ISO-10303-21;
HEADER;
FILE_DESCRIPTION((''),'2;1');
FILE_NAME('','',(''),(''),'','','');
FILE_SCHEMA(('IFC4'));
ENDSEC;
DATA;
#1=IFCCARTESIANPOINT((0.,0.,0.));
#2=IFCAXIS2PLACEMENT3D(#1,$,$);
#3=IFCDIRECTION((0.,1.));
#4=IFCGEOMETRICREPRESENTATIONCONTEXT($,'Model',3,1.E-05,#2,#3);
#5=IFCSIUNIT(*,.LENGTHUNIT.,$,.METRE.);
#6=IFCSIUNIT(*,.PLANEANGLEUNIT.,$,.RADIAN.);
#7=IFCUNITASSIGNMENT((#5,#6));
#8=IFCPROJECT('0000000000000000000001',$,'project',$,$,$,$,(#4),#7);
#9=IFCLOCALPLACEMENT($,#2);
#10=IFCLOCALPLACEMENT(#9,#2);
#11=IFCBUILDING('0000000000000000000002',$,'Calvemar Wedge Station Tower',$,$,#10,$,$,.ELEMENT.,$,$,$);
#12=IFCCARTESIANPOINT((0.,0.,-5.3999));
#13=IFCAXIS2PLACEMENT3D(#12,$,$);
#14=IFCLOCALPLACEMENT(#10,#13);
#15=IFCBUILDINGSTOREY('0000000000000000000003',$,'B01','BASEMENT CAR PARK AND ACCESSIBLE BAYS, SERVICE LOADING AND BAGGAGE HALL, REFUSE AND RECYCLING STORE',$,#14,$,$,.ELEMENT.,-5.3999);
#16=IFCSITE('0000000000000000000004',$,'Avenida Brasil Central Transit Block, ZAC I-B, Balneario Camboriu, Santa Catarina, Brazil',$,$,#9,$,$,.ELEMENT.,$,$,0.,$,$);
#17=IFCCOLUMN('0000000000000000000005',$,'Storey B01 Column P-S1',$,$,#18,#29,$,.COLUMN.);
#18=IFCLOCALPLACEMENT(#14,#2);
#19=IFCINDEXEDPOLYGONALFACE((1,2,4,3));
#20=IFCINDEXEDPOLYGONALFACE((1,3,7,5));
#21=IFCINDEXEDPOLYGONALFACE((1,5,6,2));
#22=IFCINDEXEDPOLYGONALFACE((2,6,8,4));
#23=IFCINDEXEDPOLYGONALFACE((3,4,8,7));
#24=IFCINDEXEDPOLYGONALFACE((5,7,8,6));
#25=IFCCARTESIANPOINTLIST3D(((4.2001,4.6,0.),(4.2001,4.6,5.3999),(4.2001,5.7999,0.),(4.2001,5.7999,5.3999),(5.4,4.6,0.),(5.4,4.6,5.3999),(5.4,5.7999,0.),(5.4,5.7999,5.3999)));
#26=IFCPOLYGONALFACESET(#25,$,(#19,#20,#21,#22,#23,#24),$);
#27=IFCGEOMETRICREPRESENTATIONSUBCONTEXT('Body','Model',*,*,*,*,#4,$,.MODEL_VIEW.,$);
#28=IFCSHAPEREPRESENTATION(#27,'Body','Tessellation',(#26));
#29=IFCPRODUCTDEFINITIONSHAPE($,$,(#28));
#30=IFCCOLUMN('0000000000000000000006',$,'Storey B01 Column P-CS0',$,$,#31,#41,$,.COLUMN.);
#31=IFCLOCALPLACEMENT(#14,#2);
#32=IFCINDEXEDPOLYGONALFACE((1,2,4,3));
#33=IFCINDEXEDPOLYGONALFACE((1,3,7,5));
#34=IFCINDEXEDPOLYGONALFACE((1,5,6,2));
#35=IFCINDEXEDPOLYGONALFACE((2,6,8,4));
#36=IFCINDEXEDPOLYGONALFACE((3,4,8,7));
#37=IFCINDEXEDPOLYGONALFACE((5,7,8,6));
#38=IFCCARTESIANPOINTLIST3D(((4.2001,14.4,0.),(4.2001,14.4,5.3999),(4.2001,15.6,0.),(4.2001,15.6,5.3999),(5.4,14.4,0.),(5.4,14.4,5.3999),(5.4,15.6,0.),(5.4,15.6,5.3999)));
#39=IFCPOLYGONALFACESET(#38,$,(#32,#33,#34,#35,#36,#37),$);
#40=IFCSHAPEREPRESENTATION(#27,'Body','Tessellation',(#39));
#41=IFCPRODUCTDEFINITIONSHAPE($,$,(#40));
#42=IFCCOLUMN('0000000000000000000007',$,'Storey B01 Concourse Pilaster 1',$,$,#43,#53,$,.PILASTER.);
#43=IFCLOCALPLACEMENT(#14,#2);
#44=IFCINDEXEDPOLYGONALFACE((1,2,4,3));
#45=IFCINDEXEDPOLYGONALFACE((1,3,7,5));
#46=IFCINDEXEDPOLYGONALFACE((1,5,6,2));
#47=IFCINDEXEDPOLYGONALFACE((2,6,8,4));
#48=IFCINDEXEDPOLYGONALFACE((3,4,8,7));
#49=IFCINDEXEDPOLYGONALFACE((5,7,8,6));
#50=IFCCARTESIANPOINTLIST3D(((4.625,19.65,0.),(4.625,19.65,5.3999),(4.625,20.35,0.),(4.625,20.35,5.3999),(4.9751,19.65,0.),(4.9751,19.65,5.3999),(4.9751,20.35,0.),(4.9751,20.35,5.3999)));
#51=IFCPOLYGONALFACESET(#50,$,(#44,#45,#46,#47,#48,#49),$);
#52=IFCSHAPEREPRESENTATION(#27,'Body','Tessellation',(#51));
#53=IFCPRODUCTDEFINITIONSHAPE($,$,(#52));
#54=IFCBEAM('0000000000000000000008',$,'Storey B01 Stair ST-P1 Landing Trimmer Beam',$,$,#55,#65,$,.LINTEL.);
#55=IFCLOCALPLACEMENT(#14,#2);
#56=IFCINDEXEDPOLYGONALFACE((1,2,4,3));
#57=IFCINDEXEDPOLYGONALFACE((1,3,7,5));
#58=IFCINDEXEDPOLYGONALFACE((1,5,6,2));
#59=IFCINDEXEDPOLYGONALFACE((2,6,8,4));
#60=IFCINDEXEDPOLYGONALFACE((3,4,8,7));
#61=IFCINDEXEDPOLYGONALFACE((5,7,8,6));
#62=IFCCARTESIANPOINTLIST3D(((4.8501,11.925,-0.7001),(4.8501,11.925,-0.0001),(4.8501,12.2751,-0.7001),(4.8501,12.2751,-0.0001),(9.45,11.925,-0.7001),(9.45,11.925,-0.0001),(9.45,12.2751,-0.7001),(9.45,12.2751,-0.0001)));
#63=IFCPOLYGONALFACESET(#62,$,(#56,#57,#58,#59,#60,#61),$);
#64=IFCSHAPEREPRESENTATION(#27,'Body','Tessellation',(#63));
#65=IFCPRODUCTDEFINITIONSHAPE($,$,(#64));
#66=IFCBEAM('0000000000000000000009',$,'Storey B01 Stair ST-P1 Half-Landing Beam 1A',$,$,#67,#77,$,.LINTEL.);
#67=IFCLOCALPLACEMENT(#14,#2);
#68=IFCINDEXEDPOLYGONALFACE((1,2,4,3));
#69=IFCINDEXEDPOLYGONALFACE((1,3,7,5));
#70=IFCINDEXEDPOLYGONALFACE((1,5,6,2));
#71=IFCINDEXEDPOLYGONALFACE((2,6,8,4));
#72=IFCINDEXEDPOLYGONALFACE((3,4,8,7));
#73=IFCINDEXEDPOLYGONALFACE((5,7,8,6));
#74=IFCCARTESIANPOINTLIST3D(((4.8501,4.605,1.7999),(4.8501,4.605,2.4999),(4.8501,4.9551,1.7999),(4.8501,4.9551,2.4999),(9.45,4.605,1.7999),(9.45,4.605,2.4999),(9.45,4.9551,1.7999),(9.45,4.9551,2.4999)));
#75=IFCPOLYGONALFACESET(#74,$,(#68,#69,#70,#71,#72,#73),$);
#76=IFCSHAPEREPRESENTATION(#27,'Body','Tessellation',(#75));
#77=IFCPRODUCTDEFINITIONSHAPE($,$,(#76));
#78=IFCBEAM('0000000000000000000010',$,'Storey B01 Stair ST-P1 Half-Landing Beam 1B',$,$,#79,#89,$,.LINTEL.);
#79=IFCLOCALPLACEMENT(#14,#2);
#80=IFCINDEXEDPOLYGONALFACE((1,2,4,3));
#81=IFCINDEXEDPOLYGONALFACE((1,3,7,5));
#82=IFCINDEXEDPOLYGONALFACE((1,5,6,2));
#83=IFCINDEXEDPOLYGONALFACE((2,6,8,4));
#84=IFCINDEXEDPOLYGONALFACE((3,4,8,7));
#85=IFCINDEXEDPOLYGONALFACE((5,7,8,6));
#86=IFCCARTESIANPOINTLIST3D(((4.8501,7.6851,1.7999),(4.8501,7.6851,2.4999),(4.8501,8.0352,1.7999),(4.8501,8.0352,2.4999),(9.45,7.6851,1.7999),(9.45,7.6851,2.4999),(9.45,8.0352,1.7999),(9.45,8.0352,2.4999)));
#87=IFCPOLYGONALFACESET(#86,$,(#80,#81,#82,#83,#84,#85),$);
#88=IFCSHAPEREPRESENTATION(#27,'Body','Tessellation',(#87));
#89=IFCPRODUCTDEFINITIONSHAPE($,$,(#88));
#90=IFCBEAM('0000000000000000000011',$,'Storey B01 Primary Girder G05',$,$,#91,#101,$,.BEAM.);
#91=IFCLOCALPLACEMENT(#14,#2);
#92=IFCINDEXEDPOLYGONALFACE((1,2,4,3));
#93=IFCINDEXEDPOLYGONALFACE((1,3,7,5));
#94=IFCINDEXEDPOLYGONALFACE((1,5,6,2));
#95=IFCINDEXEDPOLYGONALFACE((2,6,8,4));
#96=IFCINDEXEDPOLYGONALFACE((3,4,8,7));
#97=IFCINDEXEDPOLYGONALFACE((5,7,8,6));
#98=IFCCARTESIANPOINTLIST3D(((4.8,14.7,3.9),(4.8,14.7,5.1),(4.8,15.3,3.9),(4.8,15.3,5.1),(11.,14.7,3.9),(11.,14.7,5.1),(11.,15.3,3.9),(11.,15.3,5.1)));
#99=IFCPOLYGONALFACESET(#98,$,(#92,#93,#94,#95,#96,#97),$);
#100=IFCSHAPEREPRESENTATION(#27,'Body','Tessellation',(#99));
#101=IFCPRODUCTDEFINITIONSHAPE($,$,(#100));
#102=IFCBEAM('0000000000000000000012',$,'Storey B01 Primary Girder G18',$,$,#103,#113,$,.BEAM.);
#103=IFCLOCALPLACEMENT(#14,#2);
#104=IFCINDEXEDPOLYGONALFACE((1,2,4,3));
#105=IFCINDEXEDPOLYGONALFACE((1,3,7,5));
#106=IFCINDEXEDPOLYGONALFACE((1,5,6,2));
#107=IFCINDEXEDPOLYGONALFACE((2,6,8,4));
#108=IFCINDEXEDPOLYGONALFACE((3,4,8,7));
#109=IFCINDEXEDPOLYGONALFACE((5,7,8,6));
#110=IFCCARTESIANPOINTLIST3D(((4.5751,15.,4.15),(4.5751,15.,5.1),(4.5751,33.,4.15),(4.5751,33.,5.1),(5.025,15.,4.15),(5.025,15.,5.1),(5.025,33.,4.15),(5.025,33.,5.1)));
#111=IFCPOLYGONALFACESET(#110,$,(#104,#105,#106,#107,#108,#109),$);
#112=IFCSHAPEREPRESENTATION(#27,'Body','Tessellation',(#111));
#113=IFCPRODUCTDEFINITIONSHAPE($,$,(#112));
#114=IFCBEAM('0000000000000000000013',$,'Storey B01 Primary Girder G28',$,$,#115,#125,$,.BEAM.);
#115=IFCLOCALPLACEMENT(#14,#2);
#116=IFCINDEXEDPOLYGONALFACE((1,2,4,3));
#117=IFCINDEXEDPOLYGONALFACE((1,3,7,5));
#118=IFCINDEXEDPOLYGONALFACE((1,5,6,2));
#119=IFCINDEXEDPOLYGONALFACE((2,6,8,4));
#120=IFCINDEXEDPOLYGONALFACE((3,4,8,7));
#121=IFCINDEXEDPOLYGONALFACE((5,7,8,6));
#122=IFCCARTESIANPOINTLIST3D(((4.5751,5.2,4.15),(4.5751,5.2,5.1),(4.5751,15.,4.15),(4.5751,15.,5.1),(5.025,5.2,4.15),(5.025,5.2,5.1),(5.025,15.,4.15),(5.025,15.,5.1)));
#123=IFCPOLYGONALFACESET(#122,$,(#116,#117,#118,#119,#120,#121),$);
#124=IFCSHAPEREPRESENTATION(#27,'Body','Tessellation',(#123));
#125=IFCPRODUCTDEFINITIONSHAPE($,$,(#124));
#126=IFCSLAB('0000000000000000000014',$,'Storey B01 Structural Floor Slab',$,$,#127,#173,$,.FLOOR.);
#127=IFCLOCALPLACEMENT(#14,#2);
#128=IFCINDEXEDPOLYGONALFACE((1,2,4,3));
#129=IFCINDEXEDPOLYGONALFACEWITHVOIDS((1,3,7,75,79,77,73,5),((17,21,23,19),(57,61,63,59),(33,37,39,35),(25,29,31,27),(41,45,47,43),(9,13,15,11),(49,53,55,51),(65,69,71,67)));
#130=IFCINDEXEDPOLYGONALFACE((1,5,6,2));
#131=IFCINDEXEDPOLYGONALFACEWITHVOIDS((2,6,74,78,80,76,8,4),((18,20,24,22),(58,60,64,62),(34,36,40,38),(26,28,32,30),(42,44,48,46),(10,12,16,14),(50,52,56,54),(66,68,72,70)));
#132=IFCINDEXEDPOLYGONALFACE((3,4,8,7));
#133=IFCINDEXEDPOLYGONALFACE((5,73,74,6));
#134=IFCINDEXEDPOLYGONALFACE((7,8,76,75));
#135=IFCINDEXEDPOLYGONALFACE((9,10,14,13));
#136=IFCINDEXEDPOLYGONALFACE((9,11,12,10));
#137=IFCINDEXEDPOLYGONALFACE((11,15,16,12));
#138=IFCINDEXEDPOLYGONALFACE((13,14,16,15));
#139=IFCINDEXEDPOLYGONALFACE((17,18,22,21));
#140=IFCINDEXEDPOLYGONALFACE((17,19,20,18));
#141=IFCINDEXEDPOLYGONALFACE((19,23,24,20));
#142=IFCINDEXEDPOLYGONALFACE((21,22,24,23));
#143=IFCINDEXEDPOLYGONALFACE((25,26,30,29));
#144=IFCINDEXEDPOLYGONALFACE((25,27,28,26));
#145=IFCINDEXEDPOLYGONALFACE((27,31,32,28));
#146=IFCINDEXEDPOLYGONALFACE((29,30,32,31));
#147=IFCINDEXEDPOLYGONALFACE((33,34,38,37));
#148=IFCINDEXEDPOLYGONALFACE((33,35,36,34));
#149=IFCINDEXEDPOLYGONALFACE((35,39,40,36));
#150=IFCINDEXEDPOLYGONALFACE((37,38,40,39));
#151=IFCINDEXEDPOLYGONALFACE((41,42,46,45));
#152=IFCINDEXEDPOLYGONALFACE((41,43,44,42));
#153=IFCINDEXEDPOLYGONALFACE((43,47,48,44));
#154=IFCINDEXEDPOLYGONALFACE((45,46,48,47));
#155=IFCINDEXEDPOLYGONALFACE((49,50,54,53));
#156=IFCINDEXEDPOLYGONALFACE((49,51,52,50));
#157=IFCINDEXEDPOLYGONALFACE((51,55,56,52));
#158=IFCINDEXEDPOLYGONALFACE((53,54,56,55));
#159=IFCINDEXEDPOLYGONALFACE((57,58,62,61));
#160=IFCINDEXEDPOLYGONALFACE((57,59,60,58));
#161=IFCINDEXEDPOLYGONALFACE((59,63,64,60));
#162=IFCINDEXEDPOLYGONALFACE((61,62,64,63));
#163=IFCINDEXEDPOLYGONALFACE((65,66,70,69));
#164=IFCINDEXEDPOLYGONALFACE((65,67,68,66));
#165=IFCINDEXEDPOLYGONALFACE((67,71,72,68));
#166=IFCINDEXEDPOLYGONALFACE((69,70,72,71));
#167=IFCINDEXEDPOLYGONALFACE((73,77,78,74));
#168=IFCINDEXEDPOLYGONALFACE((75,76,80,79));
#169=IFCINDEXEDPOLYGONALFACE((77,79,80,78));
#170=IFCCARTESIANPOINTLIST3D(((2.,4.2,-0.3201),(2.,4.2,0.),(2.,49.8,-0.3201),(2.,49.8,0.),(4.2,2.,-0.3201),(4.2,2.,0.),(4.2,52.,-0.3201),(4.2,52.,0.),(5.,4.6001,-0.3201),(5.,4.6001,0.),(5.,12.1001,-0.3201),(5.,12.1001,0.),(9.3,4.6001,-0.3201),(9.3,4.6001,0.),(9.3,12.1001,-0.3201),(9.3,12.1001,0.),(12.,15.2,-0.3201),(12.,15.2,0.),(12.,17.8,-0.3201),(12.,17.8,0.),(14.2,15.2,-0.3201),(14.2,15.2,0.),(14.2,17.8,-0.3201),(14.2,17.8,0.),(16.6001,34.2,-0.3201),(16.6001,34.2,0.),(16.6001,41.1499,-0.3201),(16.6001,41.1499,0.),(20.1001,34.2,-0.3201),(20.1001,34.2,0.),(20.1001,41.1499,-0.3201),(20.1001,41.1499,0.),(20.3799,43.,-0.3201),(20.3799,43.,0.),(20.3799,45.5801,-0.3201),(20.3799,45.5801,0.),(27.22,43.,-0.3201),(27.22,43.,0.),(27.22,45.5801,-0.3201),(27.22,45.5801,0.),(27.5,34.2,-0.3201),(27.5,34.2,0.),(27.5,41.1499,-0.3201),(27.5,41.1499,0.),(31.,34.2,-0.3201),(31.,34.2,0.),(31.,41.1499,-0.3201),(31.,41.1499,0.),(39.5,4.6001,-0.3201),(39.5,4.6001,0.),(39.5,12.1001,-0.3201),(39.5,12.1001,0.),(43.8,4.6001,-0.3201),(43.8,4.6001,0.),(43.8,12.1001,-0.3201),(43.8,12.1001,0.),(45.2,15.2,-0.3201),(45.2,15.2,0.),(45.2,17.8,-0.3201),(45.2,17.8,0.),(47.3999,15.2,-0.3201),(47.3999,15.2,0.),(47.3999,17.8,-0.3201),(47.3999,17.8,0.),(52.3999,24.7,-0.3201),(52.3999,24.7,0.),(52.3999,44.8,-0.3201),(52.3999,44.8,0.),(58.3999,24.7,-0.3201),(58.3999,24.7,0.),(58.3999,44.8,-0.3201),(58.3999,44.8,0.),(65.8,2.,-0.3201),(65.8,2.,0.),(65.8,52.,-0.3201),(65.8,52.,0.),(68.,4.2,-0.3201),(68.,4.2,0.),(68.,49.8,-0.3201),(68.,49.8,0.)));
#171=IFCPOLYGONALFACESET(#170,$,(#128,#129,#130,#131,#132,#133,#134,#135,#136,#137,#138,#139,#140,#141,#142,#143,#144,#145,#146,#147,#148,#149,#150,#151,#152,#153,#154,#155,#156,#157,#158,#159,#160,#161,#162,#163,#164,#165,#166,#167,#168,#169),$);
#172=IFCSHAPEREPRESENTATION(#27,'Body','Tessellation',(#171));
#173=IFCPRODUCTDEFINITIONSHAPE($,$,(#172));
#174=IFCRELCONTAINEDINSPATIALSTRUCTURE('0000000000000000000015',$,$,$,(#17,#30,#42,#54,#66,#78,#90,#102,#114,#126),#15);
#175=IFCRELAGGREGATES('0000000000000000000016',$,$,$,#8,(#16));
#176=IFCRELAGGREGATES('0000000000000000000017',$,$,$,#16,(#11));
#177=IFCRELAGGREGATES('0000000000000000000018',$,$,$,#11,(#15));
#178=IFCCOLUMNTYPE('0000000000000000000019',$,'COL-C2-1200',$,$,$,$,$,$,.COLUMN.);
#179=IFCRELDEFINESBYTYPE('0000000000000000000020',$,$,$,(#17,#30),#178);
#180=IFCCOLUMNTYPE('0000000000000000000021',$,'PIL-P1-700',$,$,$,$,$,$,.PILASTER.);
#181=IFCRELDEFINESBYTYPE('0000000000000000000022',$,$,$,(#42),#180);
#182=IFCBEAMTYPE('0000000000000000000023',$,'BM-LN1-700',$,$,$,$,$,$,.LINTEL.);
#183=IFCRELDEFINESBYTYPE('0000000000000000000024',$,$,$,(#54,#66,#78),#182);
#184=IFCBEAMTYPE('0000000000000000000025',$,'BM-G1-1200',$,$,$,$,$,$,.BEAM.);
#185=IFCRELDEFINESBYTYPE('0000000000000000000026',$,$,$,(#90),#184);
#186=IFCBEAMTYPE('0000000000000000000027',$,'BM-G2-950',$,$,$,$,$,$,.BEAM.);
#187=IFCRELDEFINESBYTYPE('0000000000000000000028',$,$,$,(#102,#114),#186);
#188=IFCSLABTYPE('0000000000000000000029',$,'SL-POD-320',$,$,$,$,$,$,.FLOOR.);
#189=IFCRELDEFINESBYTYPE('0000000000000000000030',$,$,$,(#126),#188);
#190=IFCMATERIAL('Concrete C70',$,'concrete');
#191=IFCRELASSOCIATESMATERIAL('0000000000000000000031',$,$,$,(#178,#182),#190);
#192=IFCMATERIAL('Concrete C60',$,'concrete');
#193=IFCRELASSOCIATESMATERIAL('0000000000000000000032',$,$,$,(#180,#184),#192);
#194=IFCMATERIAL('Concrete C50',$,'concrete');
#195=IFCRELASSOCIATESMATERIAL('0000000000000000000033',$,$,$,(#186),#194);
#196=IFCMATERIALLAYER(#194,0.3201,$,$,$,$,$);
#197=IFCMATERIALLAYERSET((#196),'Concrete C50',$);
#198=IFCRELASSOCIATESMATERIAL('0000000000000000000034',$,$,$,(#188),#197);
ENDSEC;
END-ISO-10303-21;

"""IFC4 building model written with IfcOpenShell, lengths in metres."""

from ifc_helpers import new_model, si_unit, direction, frame, origin, origin_2d, place, context, subcontext, project, spatial, polyline, rectangle, outline, extrude, source, transform, mapped, material, layer, layer_set, material_profile, profile_set, type_object, element, save


model = new_model("IFC4")

# Units and contexts
model_context = context("Model", 3, precision=1e-05, world=origin(), true_north=direction((0.0, 1.0)))
body_context = subcontext(model_context, "Body", "Model", "MODEL_VIEW")
ifc_project = project(units=[si_unit("LENGTHUNIT", "METRE"), si_unit("PLANEANGLEUNIT", "RADIAN")], contexts=[model_context])

# Site, building, storey
site_placement = place(None, origin())
site = spatial("IfcSite", under=ifc_project, at=site_placement, Name="Avenida Brasil Central Transit Block, ZAC I-B, Balneario Camboriu, Santa Catarina, Brazil", CompositionType="ELEMENT", RefElevation=0.0)
building_placement = place(site_placement, origin())
building = spatial("IfcBuilding", under=site, at=building_placement, Name="Calvemar Wedge Station Tower", CompositionType="ELEMENT")
storey_placement = place(building_placement, frame((0.0, 0.0, -5.3999)))
storey = spatial("IfcBuildingStorey", under=building, at=storey_placement, Name="B01", Description="BASEMENT CAR PARK AND ACCESSIBLE BAYS, SERVICE LOADING AND BAGGAGE HALL, REFUSE AND RECYCLING STORE", CompositionType="ELEMENT", Elevation=-5.3999)

# Columns
ifc_material_1 = material(Name="Concrete C70", Category="concrete")
ifc_material_profile_1 = material_profile(ifc_material_1, rectangle(XDim=1.2, YDim=1.2, at=origin_2d()), Name="RC1200x1200")
ifc_profile_set_1 = profile_set([ifc_material_profile_1], Name="Concrete C70")
column_type_1 = type_object("IfcColumnType", Name="COL-C2-1200", PredefinedType="COLUMN", material=ifc_profile_set_1)
shared_shape_1 = source(origin(), body_context, "Body", "SweptSolid", [
    extrude(rectangle(XDim=1.2, YDim=1.2, at=origin_2d()), origin(), (0.0, 0.0, 1.0), 5.3999),
])
for number, where, z_axis, x_axis, name in (
    (1, (4.8, 5.2, 0.0), (0.0, 0.0, 1.0), (1.0, 0.0, 0.0), "Storey B01 Column P-S1"),
    (2, (4.8, 15.0, 0.0), (0.0, 0.0, 1.0), (1.0, 0.0, 0.0), "Storey B01 Column P-CS0"),
):
    element("IfcColumn", number, at=place(storey_placement, frame(where, z_axis=z_axis, x_axis=x_axis)), inside=storey, type_object=column_type_1, Name=name, PredefinedType="COLUMN", context=body_context, shape_type="MappedRepresentation", body=[
        mapped(shared_shape_1, transform((0.0, 0.0, 0.0), scale=1.0)),
    ])
ifc_material_2 = material(Name="Concrete C60", Category="concrete")
ifc_material_profile_2 = material_profile(ifc_material_2, rectangle(XDim=0.3501, YDim=0.7, at=origin_2d()), Name="RC350x700")
ifc_profile_set_2 = profile_set([ifc_material_profile_2], Name="Concrete C60")
column_type_2 = type_object("IfcColumnType", Name="PIL-P1-700", PredefinedType="PILASTER", material=ifc_profile_set_2)
shared_shape_2 = source(origin(), body_context, "Body", "SweptSolid", [
    extrude(rectangle(XDim=0.3501, YDim=0.7, at=origin_2d()), origin(), (0.0, 0.0, 1.0), 5.3999),
])
column_placement = place(storey_placement, frame((4.8, 20.0, 0.0), z_axis=(0.0, 0.0, 1.0), x_axis=(1.0, 0.0, 0.0)))
element("IfcColumn", 3, at=column_placement, inside=storey, type_object=column_type_2, Name="Storey B01 Concourse Pilaster 1", PredefinedType="PILASTER", context=body_context, shape_type="MappedRepresentation", body=[
    mapped(shared_shape_2, transform((0.0, 0.0, 0.0), scale=1.0)),
])

# Beams
ifc_material_profile_3 = material_profile(ifc_material_1, rectangle(XDim=0.3501, YDim=0.7, at=origin_2d()), Name="RC350x700")
ifc_profile_set_3 = profile_set([ifc_material_profile_3], Name="Concrete C70")
beam_type_1 = type_object("IfcBeamType", Name="BM-LN1-700", PredefinedType="LINTEL", material=ifc_profile_set_3)
shared_shape_3 = source(origin(), body_context, "Body", "SweptSolid", [
    extrude(rectangle(XDim=0.3501, YDim=0.7, at=origin_2d()), origin(), (0.0, 0.0, 1.0), 4.5999),
])
for number, where, z_axis, x_axis, name in (
    (4, (4.8501, 12.1001, -0.3501), (1.0, 0.0, 0.0), (0.0, 1.0, 0.0), "Storey B01 Stair ST-P1 Landing Trimmer Beam"),
    (5, (4.8501, 4.78, 2.1499), (1.0, 0.0, 0.0), (0.0, 1.0, 0.0), "Storey B01 Stair ST-P1 Half-Landing Beam 1A"),
    (6, (4.8501, 7.8601, 2.1499), (1.0, 0.0, 0.0), (0.0, 1.0, 0.0), "Storey B01 Stair ST-P1 Half-Landing Beam 1B"),
):
    element("IfcBeam", number, at=place(storey_placement, frame(where, z_axis=z_axis, x_axis=x_axis)), inside=storey, type_object=beam_type_1, Name=name, PredefinedType="LINTEL", context=body_context, shape_type="MappedRepresentation", body=[
        mapped(shared_shape_3, transform((0.0, 0.0, 0.0), scale=1.0)),
    ])
ifc_material_profile_4 = material_profile(ifc_material_2, rectangle(XDim=0.6001, YDim=1.2, at=origin_2d()), Name="RC600x1200")
ifc_profile_set_4 = profile_set([ifc_material_profile_4], Name="Concrete C60")
beam_type_2 = type_object("IfcBeamType", Name="BM-G1-1200", PredefinedType="BEAM", material=ifc_profile_set_4)
shared_shape_4 = source(origin(), body_context, "Body", "SweptSolid", [
    extrude(rectangle(XDim=0.6001, YDim=1.2, at=origin_2d()), origin(), (0.0, 0.0, 1.0), 6.2),
])
beam_1_placement = place(storey_placement, frame((4.8, 15.0, 4.5), z_axis=(1.0, 0.0, 0.0), x_axis=(0.0, 1.0, 0.0)))
element("IfcBeam", 7, at=beam_1_placement, inside=storey, type_object=beam_type_2, Name="Storey B01 Primary Girder G05", PredefinedType="BEAM", context=body_context, shape_type="MappedRepresentation", body=[
    mapped(shared_shape_4, transform((0.0, 0.0, 0.0), scale=1.0)),
])
ifc_material_3 = material(Name="Concrete C50", Category="concrete")
ifc_material_profile_5 = material_profile(ifc_material_3, rectangle(XDim=0.45, YDim=0.95, at=origin_2d()), Name="RC450x950")
ifc_profile_set_5 = profile_set([ifc_material_profile_5], Name="Concrete C50")
beam_type_3 = type_object("IfcBeamType", Name="BM-G2-950", PredefinedType="BEAM", material=ifc_profile_set_5)
shared_shape_5 = source(origin(), body_context, "Body", "SweptSolid", [
    extrude(rectangle(XDim=0.45, YDim=0.95, at=origin_2d()), origin(), (0.0, 0.0, 1.0), 18.0),
])
beam_2_placement = place(storey_placement, frame((4.8, 15.0, 4.625), z_axis=(0.0, 1.0, 0.0), x_axis=(-1.0, 0.0, 0.0)))
element("IfcBeam", 8, at=beam_2_placement, inside=storey, type_object=beam_type_3, Name="Storey B01 Primary Girder G18", PredefinedType="BEAM", context=body_context, shape_type="MappedRepresentation", body=[
    mapped(shared_shape_5, transform((0.0, 0.0, 0.0), scale=1.0)),
])
shared_shape_6 = source(origin(), body_context, "Body", "SweptSolid", [
    extrude(rectangle(XDim=0.45, YDim=0.95, at=origin_2d()), origin(), (0.0, 0.0, 1.0), 9.8),
])
beam_3_placement = place(storey_placement, frame((4.8, 5.2, 4.625), z_axis=(0.0, 1.0, 0.0), x_axis=(-1.0, 0.0, 0.0)))
element("IfcBeam", 9, at=beam_3_placement, inside=storey, type_object=beam_type_3, Name="Storey B01 Primary Girder G28", PredefinedType="BEAM", context=body_context, shape_type="MappedRepresentation", body=[
    mapped(shared_shape_6, transform((0.0, 0.0, 0.0), scale=1.0)),
])

# Slab
ifc_layer_1 = layer(ifc_material_3, 0.3201)
ifc_layer_set_1 = layer_set([ifc_layer_1], Name="Concrete C50")
slab_type_1 = type_object("IfcSlabType", Name="SL-POD-320", PredefinedType="FLOOR", material=ifc_layer_set_1)
slab_1_placement = place(storey_placement, frame((0.0, 0.0, -0.3201)))
element("IfcSlab", 10, at=slab_1_placement, inside=storey, type_object=slab_type_1, Name="Storey B01 Structural Floor Slab", PredefinedType="FLOOR", context=body_context, shape_type="SweptSolid", body=[
    extrude(outline(polyline([(4.2, 2.0), (65.8, 2.0), (68.0, 4.2), (68.0, 49.8), (65.8, 52.0), (4.2, 52.0), (2.0, 49.8), (2.0, 4.2), (4.2, 2.0)]), holes=[polyline([(5.0, 4.6001), (9.3, 4.6001), (9.3, 12.1001), (5.0, 12.1001), (5.0, 4.6001)]), polyline([(39.5, 4.6001), (43.8, 4.6001), (43.8, 12.1001), (39.5, 12.1001), (39.5, 4.6001)]), polyline([(14.2, 15.2), (14.2, 17.8), (12.0, 17.8), (12.0, 15.2), (14.2, 15.2)]), polyline([(47.3999, 15.2), (47.3999, 17.8), (45.2, 17.8), (45.2, 15.2), (47.3999, 15.2)]), polyline([(58.3999, 44.8), (52.3999, 44.8), (52.3999, 24.7), (58.3999, 24.7), (58.3999, 44.8)]), polyline([(16.6001, 34.2), (20.1001, 34.2), (20.1001, 41.1499), (16.6001, 41.1499), (16.6001, 34.2)]), polyline([(27.5, 34.2), (31.0, 34.2), (31.0, 41.1499), (27.5, 41.1499), (27.5, 34.2)]), polyline([(27.22, 43.0), (27.22, 45.5801), (20.3799, 45.5801), (20.3799, 43.0), (27.22, 43.0)])]), origin(), (0.0, 0.0, 1.0), 0.3201),
])

save(model, "model.ifc")
